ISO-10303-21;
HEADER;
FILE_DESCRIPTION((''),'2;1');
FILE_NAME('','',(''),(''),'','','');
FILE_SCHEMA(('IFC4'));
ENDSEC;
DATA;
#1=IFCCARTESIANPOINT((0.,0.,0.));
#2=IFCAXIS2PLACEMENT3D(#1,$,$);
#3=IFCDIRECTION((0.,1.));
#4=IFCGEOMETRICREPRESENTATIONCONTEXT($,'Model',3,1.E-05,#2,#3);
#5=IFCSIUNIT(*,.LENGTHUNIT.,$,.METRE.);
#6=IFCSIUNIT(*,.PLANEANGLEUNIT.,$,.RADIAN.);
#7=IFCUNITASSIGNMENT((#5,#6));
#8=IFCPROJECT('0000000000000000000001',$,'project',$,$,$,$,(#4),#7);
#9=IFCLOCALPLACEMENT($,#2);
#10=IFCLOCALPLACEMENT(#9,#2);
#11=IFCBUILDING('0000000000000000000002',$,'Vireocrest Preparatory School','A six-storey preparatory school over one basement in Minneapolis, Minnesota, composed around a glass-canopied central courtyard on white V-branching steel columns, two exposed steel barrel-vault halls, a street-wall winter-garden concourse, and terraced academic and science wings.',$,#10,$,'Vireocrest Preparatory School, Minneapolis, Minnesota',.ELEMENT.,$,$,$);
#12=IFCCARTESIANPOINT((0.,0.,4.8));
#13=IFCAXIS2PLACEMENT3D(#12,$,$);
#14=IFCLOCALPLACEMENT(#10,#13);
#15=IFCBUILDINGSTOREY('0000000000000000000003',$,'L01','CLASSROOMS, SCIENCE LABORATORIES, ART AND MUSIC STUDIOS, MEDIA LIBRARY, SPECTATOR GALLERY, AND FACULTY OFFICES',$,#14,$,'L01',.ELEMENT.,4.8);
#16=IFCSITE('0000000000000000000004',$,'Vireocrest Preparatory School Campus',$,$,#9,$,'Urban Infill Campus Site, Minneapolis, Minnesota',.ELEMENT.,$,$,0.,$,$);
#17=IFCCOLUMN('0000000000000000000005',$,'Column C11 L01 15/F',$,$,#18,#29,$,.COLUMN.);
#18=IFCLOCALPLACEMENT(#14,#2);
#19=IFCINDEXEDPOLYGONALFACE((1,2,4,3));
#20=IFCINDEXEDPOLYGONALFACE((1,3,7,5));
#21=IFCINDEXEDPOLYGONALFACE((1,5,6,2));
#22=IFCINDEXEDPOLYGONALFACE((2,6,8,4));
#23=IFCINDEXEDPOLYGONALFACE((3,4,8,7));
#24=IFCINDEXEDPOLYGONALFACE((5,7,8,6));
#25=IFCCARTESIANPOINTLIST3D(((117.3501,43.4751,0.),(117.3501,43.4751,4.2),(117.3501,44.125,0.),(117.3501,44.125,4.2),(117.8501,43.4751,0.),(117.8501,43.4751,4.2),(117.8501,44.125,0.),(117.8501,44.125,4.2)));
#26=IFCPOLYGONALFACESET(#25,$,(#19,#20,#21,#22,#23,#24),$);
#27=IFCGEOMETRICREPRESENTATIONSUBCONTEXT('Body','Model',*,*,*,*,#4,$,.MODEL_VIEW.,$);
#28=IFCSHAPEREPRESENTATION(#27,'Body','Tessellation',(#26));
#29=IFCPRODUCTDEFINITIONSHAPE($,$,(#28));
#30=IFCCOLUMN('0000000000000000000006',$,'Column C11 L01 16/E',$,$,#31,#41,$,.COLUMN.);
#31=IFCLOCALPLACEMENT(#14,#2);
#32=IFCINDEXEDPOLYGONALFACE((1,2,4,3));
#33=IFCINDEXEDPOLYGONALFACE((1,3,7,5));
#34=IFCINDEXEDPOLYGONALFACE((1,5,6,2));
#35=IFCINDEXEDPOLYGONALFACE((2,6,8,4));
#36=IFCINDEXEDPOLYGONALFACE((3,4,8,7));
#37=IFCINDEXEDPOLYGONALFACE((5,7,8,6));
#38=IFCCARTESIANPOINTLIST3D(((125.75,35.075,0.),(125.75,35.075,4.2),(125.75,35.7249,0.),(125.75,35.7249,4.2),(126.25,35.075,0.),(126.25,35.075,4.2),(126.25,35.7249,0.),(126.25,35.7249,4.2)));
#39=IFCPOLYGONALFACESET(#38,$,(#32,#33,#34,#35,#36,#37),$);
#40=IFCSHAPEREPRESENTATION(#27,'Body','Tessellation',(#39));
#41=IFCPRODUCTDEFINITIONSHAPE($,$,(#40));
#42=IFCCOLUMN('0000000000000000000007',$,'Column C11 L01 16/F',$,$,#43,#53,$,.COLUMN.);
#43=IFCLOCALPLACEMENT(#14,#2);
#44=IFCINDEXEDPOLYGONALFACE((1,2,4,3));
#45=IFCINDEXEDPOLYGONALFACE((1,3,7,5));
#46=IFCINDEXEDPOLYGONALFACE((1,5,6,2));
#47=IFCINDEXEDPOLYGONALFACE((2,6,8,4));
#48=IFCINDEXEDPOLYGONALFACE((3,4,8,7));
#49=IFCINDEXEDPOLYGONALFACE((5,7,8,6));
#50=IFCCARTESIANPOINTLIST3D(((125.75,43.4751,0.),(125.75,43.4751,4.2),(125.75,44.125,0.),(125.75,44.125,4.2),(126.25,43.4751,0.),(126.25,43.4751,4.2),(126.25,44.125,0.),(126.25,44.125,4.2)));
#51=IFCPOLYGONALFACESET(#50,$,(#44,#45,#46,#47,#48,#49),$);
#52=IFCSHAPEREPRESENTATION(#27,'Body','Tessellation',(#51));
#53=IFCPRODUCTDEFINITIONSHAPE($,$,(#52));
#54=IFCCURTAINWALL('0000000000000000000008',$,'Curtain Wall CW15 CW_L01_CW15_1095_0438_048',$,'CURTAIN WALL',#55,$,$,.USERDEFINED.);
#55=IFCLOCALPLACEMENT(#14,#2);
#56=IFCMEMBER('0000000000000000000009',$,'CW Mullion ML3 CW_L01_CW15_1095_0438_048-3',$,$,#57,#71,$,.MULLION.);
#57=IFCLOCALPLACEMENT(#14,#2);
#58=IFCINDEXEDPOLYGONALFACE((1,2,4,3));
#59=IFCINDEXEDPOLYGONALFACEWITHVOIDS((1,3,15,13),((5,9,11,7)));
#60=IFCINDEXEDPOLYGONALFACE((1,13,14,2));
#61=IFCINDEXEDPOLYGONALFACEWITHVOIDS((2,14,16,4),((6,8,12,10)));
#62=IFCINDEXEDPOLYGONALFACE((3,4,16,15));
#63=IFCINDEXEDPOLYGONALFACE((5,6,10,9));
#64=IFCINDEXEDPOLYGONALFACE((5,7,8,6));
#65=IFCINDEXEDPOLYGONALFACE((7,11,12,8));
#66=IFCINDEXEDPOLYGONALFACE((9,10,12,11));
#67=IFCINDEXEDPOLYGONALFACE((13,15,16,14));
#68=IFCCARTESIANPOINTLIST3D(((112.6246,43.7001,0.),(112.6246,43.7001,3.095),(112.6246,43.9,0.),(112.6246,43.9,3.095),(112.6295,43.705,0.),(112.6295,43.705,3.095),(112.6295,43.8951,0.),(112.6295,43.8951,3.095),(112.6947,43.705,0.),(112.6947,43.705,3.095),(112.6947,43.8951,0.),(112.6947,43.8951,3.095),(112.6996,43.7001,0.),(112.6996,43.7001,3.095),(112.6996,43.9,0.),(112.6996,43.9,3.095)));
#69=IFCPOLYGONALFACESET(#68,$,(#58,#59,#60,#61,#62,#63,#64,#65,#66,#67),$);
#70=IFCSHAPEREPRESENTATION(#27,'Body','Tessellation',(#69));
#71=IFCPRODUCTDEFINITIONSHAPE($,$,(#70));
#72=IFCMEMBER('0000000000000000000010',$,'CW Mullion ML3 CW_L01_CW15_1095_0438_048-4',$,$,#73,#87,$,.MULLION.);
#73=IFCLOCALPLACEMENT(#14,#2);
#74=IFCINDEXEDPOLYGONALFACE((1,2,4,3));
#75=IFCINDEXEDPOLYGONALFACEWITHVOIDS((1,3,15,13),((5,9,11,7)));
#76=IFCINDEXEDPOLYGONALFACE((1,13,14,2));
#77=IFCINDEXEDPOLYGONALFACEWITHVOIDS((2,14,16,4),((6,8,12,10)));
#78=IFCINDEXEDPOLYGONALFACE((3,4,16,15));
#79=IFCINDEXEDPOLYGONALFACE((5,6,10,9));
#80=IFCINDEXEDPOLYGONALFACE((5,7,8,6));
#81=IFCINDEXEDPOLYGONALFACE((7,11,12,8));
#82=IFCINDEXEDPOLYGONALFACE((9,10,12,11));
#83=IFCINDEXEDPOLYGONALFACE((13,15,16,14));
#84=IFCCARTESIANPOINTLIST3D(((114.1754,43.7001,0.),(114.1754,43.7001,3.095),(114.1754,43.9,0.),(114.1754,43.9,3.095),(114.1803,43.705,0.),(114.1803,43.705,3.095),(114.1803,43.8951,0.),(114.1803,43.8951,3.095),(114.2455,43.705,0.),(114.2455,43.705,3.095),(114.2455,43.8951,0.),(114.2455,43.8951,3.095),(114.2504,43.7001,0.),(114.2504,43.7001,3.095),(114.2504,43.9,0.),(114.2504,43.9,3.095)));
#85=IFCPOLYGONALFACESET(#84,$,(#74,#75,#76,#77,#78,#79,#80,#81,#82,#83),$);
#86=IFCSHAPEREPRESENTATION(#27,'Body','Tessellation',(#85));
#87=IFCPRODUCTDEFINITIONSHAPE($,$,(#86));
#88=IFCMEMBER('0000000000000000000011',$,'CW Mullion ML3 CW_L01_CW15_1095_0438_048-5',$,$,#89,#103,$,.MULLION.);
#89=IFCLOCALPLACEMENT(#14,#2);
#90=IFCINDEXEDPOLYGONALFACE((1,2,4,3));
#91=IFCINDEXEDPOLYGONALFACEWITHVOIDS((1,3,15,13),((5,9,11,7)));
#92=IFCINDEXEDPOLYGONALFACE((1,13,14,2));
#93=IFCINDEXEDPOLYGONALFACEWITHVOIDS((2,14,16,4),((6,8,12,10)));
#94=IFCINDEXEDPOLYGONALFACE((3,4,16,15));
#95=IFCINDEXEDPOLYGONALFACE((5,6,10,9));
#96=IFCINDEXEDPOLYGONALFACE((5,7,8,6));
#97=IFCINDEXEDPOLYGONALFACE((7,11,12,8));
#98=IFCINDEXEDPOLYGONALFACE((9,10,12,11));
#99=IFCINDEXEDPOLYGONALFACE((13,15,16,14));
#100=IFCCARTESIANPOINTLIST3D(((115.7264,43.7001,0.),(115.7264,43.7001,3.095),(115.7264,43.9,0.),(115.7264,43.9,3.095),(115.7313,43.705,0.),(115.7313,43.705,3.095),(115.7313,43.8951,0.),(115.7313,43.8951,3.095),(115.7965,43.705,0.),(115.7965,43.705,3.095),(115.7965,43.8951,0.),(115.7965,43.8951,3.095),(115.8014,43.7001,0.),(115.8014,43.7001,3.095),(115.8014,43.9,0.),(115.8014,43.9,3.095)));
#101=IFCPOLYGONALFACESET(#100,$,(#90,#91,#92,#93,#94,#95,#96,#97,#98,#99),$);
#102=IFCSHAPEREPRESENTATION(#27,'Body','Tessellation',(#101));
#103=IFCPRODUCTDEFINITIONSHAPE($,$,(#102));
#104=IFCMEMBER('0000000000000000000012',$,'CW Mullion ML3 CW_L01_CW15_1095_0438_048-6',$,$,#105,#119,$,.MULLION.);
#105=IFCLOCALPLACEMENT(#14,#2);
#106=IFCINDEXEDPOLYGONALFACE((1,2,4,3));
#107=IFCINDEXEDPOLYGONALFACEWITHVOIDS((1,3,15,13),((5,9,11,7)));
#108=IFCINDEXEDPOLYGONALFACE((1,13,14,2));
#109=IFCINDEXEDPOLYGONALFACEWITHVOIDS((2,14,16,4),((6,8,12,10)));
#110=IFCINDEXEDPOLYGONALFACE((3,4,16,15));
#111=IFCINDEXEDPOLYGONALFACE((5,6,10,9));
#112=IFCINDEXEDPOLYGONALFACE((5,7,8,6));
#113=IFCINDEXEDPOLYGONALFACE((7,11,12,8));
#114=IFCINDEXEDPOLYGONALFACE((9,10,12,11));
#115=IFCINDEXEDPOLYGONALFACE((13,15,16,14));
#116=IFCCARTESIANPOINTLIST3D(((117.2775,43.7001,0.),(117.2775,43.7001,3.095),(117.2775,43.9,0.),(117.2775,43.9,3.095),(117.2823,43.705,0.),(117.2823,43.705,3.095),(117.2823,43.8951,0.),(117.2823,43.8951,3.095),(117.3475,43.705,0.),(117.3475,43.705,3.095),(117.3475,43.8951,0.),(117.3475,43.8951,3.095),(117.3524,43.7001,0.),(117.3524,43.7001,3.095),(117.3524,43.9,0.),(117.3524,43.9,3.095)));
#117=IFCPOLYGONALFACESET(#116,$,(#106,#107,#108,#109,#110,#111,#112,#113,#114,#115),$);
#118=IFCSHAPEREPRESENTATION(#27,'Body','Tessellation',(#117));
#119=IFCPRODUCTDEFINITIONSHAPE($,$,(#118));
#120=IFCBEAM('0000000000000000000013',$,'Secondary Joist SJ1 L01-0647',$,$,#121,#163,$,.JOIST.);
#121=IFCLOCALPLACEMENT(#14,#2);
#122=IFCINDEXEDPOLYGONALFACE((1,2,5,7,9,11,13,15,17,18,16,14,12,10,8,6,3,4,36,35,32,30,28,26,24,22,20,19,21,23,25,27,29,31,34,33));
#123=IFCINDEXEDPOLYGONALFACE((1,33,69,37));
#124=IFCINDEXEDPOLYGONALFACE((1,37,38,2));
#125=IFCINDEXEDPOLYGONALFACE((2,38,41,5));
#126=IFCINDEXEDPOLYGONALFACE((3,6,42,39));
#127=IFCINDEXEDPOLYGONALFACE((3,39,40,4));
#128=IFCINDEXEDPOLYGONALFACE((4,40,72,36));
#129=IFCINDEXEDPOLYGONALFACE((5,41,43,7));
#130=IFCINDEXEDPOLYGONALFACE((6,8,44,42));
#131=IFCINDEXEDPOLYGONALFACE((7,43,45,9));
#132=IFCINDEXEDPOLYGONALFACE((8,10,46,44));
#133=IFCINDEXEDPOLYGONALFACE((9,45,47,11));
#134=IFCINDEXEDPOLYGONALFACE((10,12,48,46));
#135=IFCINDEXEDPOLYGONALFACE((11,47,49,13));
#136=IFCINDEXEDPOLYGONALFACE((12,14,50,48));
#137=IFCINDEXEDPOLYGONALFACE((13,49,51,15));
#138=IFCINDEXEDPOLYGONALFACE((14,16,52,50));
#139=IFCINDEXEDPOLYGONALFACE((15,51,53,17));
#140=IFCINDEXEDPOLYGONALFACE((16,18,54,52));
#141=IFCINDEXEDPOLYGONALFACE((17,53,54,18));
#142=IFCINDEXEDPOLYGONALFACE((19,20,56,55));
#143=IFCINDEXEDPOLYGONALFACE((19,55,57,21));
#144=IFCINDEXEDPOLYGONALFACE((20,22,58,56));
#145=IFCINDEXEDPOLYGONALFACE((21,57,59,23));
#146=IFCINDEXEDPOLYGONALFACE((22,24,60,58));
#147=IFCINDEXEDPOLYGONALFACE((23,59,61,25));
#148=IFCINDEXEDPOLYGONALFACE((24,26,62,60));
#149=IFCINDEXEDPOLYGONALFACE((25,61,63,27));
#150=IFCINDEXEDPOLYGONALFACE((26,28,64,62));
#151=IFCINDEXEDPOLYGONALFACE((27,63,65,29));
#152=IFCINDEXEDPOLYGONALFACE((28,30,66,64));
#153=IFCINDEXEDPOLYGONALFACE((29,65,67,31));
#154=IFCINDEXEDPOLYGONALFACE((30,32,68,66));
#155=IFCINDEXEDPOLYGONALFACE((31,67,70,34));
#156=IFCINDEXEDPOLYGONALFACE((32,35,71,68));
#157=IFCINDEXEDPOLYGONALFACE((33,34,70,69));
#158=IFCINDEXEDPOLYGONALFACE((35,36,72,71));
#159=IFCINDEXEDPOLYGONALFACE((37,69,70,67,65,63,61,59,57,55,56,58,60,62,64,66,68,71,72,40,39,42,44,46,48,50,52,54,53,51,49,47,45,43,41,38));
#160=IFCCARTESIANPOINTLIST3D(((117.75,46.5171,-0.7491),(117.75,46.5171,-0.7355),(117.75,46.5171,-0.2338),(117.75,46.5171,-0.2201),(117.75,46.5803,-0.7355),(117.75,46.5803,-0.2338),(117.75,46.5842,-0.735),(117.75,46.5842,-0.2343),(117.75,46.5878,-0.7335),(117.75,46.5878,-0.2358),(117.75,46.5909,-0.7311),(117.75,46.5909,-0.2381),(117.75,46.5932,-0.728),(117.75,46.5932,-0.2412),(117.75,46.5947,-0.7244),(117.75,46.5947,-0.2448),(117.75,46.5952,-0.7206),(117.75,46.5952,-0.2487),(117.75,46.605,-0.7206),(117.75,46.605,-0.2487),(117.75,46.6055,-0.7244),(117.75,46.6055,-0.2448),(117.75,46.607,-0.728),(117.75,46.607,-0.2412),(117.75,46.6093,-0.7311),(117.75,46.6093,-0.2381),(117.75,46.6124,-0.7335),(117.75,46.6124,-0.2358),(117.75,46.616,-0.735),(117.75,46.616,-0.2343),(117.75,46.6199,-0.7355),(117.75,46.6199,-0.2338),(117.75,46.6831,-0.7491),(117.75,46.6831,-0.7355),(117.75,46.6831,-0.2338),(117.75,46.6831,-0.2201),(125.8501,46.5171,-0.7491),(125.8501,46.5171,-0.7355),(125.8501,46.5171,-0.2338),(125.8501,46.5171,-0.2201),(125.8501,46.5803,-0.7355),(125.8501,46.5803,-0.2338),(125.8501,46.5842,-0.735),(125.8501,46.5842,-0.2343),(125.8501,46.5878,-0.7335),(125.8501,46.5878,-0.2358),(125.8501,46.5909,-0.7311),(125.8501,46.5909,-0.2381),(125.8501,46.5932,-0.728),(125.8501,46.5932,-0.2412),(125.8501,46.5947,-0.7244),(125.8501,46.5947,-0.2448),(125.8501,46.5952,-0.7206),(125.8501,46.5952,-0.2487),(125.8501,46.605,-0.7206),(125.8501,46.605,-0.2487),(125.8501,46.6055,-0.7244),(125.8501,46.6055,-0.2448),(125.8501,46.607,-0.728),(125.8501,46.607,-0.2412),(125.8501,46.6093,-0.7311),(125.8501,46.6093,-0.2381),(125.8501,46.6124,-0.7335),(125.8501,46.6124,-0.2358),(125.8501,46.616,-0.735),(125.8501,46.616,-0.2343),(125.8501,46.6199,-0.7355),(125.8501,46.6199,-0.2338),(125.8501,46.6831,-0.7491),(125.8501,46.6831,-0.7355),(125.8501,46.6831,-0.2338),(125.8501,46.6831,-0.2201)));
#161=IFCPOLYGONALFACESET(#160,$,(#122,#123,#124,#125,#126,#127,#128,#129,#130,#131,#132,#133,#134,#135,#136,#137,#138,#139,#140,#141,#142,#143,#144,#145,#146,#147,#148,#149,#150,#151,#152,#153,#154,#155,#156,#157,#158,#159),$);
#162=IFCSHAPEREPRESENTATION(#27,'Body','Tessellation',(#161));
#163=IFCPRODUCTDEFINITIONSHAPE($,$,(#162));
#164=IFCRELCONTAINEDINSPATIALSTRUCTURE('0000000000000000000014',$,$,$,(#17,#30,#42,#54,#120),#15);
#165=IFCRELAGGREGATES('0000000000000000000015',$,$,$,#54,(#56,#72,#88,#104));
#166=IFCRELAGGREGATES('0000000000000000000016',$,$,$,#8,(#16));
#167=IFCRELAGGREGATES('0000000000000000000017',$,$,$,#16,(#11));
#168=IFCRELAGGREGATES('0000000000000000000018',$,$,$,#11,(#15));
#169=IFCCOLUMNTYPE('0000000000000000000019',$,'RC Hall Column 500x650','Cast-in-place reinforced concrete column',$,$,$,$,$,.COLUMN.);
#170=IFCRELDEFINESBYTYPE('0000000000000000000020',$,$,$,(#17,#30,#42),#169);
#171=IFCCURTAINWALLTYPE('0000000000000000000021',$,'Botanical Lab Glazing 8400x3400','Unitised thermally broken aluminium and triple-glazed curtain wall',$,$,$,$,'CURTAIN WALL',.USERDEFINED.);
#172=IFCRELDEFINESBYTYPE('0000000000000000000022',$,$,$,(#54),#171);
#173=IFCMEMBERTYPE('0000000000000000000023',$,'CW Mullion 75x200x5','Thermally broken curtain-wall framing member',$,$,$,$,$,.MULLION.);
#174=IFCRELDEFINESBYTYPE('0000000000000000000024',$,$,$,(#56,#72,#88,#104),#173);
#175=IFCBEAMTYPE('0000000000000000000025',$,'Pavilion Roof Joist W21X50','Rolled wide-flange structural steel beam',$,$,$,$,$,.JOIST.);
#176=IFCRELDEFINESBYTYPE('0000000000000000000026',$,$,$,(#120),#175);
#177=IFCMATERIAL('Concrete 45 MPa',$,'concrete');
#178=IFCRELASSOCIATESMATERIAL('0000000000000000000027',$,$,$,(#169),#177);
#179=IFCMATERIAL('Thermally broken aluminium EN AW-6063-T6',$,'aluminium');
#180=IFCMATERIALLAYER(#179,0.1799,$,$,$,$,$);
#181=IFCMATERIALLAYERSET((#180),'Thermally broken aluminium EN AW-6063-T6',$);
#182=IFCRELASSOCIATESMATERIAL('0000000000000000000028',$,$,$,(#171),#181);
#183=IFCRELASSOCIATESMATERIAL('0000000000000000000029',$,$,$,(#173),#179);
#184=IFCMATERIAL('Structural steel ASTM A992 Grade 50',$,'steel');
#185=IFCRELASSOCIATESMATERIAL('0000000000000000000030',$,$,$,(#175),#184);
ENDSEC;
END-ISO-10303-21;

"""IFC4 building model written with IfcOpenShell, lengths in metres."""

from ifc_helpers import new_model, si_unit, direction, frame, origin, origin_2d, place, context, subcontext, project, spatial, rectangle, hollow_rectangle, i_section, extrude, material, layer, layer_set, material_profile, profile_set, type_object, element, aggregate, save


model = new_model("IFC4")

# Units and contexts
model_context = context("Model", 3, precision=1e-05, world=origin(), true_north=direction((0.0, 1.0)))
body_context = subcontext(model_context, "Body", "Model", "MODEL_VIEW")
ifc_project = project(units=[si_unit("LENGTHUNIT", "METRE"), si_unit("PLANEANGLEUNIT", "RADIAN")], contexts=[model_context])

# Site, building, storey
site_placement = place(None, origin())
site = spatial("IfcSite", under=ifc_project, at=site_placement, Name="Vireocrest Preparatory School Campus", LongName="Urban Infill Campus Site, Minneapolis, Minnesota", CompositionType="ELEMENT", RefElevation=0.0)
building_placement = place(site_placement, origin())
building = spatial("IfcBuilding", under=site, at=building_placement, Name="Vireocrest Preparatory School", Description="A six-storey preparatory school over one basement in Minneapolis, Minnesota, composed around a glass-canopied central courtyard on white V-branching steel columns, two exposed steel barrel-vault halls, a street-wall winter-garden concourse, and terraced academic and science wings.", LongName="Vireocrest Preparatory School, Minneapolis, Minnesota", CompositionType="ELEMENT")
storey_placement = place(building_placement, frame((0.0, 0.0, 4.8)))
storey = spatial("IfcBuildingStorey", under=building, at=storey_placement, Name="L01", Description="CLASSROOMS, SCIENCE LABORATORIES, ART AND MUSIC STUDIOS, MEDIA LIBRARY, SPECTATOR GALLERY, AND FACULTY OFFICES", LongName="L01", CompositionType="ELEMENT", Elevation=4.8)

# Columns
ifc_material_1 = material(Name="Concrete 45 MPa", Category="concrete")
ifc_material_profile_1 = material_profile(ifc_material_1, rectangle(XDim=0.5, YDim=0.6499, at=origin_2d()), Name="RC 500x650")
ifc_profile_set_1 = profile_set([ifc_material_profile_1], Name="Concrete 45 MPa")
column_type = type_object("IfcColumnType", Name="RC Hall Column 500x650", Description="Cast-in-place reinforced concrete column", PredefinedType="COLUMN", material=ifc_profile_set_1)
for number, where, z_axis, x_axis, name in (
    (1, (117.6001, 43.8, 0.0), (0.0, 0.0, 1.0), (1.0, 0.0, 0.0), "Column C11 L01 15/F"),
    (2, (126.0, 35.3999, 0.0), (0.0, 0.0, 1.0), (1.0, 0.0, 0.0), "Column C11 L01 16/E"),
    (3, (126.0, 43.8, 0.0), (0.0, 0.0, 1.0), (1.0, 0.0, 0.0), "Column C11 L01 16/F"),
):
    element("IfcColumn", number, at=place(storey_placement, frame(where, z_axis=z_axis, x_axis=x_axis)), inside=storey, type_object=column_type, Name=name, PredefinedType="COLUMN", context=body_context, shape_type="SweptSolid", body=[
        extrude(rectangle(XDim=0.5, YDim=0.6499, at=origin_2d()), origin(), (0.0, 0.0, 1.0), 4.2),
    ])

# Curtain wall, members
ifc_material_2 = material(Name="Thermally broken aluminium EN AW-6063-T6", Category="aluminium")
ifc_layer_1 = layer(ifc_material_2, 0.1799)
ifc_layer_set_1 = layer_set([ifc_layer_1], Name="Thermally broken aluminium EN AW-6063-T6")
curtain_wall_type = type_object("IfcCurtainWallType", Name="Botanical Lab Glazing 8400x3400", Description="Unitised thermally broken aluminium and triple-glazed curtain wall", ElementType="CURTAIN WALL", PredefinedType="USERDEFINED", material=ifc_layer_set_1)
curtain_wall_placement = place(storey_placement, origin())
curtain_wall = element("IfcCurtainWall", 4, at=curtain_wall_placement, inside=storey, type_object=curtain_wall_type, Name="Curtain Wall CW15 CW_L01_CW15_1095_0438_048", ObjectType="CURTAIN WALL", PredefinedType="USERDEFINED")
ifc_material_profile_2 = material_profile(ifc_material_2, hollow_rectangle(XDim=0.075, YDim=0.2, WallThickness=0.0049, at=origin_2d()), Name="ALU 75x200x5")
ifc_profile_set_2 = profile_set([ifc_material_profile_2], Name="Thermally broken aluminium EN AW-6063-T6")
member_type = type_object("IfcMemberType", Name="CW Mullion 75x200x5", Description="Thermally broken curtain-wall framing member", PredefinedType="MULLION", material=ifc_profile_set_2)
member_1_placement = place(storey_placement, frame((112.6621, 43.8, 0.0), z_axis=(0.0, 0.0, 1.0), x_axis=(1.0, 0.0, 0.0)))
member_1 = element("IfcMember", 5, at=member_1_placement, type_object=member_type, Name="CW Mullion ML3 CW_L01_CW15_1095_0438_048-3", PredefinedType="MULLION", context=body_context, shape_type="SweptSolid", body=[
    extrude(hollow_rectangle(XDim=0.075, YDim=0.2, WallThickness=0.0049, at=origin_2d()), origin(), (0.0, 0.0, 1.0), 3.095),
])
member_2_placement = place(storey_placement, frame((114.2129, 43.8, 0.0), z_axis=(0.0, 0.0, 1.0), x_axis=(1.0, 0.0, 0.0)))
member_2 = element("IfcMember", 6, at=member_2_placement, type_object=member_type, Name="CW Mullion ML3 CW_L01_CW15_1095_0438_048-4", PredefinedType="MULLION", context=body_context, shape_type="SweptSolid", body=[
    extrude(hollow_rectangle(XDim=0.075, YDim=0.2, WallThickness=0.0049, at=origin_2d()), origin(), (0.0, 0.0, 1.0), 3.095),
])
member_3_placement = place(storey_placement, frame((115.7639, 43.8, 0.0), z_axis=(0.0, 0.0, 1.0), x_axis=(1.0, 0.0, 0.0)))
member_3 = element("IfcMember", 7, at=member_3_placement, type_object=member_type, Name="CW Mullion ML3 CW_L01_CW15_1095_0438_048-5", PredefinedType="MULLION", context=body_context, shape_type="SweptSolid", body=[
    extrude(hollow_rectangle(XDim=0.075, YDim=0.2, WallThickness=0.0049, at=origin_2d()), origin(), (0.0, 0.0, 1.0), 3.095),
])
member_4_placement = place(storey_placement, frame((117.3149, 43.8, 0.0), z_axis=(0.0, 0.0, 1.0), x_axis=(1.0, 0.0, 0.0)))
member_4 = element("IfcMember", 8, at=member_4_placement, type_object=member_type, Name="CW Mullion ML3 CW_L01_CW15_1095_0438_048-6", PredefinedType="MULLION", context=body_context, shape_type="SweptSolid", body=[
    extrude(hollow_rectangle(XDim=0.075, YDim=0.2, WallThickness=0.0049, at=origin_2d()), origin(), (0.0, 0.0, 1.0), 3.095),
])

# Beam
ifc_material_3 = material(Name="Structural steel ASTM A992 Grade 50", Category="steel")
ifc_material_profile_3 = material_profile(ifc_material_3, i_section(OverallWidth=0.166, OverallDepth=0.5291, WebThickness=0.0098, FlangeThickness=0.0137, FilletRadius=0.0149, at=origin_2d()), Name="W21X50")
ifc_profile_set_3 = profile_set([ifc_material_profile_3], Name="Structural steel ASTM A992 Grade 50")
beam_type_1 = type_object("IfcBeamType", Name="Pavilion Roof Joist W21X50", Description="Rolled wide-flange structural steel beam", PredefinedType="JOIST", material=ifc_profile_set_3)
for number, where, z_axis, x_axis, name in (
    (9, (117.75, 46.6001, -0.4846), (1.0, 0.0, 0.0), (0.0, 1.0, 0.0), "Secondary Joist SJ1 L01-0647"),
):
    element("IfcBeam", number, at=place(storey_placement, frame(where, z_axis=z_axis, x_axis=x_axis)), inside=storey, type_object=beam_type_1, Name=name, PredefinedType="JOIST", context=body_context, shape_type="SweptSolid", body=[
        extrude(i_section(OverallWidth=0.166, OverallDepth=0.5291, WebThickness=0.0098, FlangeThickness=0.0137, FilletRadius=0.0149, at=origin_2d()), origin(), (0.0, 0.0, 1.0), 8.1001),
    ])

aggregate(curtain_wall, [member_1, member_2, member_3, member_4])

save(model, "model.ifc")
